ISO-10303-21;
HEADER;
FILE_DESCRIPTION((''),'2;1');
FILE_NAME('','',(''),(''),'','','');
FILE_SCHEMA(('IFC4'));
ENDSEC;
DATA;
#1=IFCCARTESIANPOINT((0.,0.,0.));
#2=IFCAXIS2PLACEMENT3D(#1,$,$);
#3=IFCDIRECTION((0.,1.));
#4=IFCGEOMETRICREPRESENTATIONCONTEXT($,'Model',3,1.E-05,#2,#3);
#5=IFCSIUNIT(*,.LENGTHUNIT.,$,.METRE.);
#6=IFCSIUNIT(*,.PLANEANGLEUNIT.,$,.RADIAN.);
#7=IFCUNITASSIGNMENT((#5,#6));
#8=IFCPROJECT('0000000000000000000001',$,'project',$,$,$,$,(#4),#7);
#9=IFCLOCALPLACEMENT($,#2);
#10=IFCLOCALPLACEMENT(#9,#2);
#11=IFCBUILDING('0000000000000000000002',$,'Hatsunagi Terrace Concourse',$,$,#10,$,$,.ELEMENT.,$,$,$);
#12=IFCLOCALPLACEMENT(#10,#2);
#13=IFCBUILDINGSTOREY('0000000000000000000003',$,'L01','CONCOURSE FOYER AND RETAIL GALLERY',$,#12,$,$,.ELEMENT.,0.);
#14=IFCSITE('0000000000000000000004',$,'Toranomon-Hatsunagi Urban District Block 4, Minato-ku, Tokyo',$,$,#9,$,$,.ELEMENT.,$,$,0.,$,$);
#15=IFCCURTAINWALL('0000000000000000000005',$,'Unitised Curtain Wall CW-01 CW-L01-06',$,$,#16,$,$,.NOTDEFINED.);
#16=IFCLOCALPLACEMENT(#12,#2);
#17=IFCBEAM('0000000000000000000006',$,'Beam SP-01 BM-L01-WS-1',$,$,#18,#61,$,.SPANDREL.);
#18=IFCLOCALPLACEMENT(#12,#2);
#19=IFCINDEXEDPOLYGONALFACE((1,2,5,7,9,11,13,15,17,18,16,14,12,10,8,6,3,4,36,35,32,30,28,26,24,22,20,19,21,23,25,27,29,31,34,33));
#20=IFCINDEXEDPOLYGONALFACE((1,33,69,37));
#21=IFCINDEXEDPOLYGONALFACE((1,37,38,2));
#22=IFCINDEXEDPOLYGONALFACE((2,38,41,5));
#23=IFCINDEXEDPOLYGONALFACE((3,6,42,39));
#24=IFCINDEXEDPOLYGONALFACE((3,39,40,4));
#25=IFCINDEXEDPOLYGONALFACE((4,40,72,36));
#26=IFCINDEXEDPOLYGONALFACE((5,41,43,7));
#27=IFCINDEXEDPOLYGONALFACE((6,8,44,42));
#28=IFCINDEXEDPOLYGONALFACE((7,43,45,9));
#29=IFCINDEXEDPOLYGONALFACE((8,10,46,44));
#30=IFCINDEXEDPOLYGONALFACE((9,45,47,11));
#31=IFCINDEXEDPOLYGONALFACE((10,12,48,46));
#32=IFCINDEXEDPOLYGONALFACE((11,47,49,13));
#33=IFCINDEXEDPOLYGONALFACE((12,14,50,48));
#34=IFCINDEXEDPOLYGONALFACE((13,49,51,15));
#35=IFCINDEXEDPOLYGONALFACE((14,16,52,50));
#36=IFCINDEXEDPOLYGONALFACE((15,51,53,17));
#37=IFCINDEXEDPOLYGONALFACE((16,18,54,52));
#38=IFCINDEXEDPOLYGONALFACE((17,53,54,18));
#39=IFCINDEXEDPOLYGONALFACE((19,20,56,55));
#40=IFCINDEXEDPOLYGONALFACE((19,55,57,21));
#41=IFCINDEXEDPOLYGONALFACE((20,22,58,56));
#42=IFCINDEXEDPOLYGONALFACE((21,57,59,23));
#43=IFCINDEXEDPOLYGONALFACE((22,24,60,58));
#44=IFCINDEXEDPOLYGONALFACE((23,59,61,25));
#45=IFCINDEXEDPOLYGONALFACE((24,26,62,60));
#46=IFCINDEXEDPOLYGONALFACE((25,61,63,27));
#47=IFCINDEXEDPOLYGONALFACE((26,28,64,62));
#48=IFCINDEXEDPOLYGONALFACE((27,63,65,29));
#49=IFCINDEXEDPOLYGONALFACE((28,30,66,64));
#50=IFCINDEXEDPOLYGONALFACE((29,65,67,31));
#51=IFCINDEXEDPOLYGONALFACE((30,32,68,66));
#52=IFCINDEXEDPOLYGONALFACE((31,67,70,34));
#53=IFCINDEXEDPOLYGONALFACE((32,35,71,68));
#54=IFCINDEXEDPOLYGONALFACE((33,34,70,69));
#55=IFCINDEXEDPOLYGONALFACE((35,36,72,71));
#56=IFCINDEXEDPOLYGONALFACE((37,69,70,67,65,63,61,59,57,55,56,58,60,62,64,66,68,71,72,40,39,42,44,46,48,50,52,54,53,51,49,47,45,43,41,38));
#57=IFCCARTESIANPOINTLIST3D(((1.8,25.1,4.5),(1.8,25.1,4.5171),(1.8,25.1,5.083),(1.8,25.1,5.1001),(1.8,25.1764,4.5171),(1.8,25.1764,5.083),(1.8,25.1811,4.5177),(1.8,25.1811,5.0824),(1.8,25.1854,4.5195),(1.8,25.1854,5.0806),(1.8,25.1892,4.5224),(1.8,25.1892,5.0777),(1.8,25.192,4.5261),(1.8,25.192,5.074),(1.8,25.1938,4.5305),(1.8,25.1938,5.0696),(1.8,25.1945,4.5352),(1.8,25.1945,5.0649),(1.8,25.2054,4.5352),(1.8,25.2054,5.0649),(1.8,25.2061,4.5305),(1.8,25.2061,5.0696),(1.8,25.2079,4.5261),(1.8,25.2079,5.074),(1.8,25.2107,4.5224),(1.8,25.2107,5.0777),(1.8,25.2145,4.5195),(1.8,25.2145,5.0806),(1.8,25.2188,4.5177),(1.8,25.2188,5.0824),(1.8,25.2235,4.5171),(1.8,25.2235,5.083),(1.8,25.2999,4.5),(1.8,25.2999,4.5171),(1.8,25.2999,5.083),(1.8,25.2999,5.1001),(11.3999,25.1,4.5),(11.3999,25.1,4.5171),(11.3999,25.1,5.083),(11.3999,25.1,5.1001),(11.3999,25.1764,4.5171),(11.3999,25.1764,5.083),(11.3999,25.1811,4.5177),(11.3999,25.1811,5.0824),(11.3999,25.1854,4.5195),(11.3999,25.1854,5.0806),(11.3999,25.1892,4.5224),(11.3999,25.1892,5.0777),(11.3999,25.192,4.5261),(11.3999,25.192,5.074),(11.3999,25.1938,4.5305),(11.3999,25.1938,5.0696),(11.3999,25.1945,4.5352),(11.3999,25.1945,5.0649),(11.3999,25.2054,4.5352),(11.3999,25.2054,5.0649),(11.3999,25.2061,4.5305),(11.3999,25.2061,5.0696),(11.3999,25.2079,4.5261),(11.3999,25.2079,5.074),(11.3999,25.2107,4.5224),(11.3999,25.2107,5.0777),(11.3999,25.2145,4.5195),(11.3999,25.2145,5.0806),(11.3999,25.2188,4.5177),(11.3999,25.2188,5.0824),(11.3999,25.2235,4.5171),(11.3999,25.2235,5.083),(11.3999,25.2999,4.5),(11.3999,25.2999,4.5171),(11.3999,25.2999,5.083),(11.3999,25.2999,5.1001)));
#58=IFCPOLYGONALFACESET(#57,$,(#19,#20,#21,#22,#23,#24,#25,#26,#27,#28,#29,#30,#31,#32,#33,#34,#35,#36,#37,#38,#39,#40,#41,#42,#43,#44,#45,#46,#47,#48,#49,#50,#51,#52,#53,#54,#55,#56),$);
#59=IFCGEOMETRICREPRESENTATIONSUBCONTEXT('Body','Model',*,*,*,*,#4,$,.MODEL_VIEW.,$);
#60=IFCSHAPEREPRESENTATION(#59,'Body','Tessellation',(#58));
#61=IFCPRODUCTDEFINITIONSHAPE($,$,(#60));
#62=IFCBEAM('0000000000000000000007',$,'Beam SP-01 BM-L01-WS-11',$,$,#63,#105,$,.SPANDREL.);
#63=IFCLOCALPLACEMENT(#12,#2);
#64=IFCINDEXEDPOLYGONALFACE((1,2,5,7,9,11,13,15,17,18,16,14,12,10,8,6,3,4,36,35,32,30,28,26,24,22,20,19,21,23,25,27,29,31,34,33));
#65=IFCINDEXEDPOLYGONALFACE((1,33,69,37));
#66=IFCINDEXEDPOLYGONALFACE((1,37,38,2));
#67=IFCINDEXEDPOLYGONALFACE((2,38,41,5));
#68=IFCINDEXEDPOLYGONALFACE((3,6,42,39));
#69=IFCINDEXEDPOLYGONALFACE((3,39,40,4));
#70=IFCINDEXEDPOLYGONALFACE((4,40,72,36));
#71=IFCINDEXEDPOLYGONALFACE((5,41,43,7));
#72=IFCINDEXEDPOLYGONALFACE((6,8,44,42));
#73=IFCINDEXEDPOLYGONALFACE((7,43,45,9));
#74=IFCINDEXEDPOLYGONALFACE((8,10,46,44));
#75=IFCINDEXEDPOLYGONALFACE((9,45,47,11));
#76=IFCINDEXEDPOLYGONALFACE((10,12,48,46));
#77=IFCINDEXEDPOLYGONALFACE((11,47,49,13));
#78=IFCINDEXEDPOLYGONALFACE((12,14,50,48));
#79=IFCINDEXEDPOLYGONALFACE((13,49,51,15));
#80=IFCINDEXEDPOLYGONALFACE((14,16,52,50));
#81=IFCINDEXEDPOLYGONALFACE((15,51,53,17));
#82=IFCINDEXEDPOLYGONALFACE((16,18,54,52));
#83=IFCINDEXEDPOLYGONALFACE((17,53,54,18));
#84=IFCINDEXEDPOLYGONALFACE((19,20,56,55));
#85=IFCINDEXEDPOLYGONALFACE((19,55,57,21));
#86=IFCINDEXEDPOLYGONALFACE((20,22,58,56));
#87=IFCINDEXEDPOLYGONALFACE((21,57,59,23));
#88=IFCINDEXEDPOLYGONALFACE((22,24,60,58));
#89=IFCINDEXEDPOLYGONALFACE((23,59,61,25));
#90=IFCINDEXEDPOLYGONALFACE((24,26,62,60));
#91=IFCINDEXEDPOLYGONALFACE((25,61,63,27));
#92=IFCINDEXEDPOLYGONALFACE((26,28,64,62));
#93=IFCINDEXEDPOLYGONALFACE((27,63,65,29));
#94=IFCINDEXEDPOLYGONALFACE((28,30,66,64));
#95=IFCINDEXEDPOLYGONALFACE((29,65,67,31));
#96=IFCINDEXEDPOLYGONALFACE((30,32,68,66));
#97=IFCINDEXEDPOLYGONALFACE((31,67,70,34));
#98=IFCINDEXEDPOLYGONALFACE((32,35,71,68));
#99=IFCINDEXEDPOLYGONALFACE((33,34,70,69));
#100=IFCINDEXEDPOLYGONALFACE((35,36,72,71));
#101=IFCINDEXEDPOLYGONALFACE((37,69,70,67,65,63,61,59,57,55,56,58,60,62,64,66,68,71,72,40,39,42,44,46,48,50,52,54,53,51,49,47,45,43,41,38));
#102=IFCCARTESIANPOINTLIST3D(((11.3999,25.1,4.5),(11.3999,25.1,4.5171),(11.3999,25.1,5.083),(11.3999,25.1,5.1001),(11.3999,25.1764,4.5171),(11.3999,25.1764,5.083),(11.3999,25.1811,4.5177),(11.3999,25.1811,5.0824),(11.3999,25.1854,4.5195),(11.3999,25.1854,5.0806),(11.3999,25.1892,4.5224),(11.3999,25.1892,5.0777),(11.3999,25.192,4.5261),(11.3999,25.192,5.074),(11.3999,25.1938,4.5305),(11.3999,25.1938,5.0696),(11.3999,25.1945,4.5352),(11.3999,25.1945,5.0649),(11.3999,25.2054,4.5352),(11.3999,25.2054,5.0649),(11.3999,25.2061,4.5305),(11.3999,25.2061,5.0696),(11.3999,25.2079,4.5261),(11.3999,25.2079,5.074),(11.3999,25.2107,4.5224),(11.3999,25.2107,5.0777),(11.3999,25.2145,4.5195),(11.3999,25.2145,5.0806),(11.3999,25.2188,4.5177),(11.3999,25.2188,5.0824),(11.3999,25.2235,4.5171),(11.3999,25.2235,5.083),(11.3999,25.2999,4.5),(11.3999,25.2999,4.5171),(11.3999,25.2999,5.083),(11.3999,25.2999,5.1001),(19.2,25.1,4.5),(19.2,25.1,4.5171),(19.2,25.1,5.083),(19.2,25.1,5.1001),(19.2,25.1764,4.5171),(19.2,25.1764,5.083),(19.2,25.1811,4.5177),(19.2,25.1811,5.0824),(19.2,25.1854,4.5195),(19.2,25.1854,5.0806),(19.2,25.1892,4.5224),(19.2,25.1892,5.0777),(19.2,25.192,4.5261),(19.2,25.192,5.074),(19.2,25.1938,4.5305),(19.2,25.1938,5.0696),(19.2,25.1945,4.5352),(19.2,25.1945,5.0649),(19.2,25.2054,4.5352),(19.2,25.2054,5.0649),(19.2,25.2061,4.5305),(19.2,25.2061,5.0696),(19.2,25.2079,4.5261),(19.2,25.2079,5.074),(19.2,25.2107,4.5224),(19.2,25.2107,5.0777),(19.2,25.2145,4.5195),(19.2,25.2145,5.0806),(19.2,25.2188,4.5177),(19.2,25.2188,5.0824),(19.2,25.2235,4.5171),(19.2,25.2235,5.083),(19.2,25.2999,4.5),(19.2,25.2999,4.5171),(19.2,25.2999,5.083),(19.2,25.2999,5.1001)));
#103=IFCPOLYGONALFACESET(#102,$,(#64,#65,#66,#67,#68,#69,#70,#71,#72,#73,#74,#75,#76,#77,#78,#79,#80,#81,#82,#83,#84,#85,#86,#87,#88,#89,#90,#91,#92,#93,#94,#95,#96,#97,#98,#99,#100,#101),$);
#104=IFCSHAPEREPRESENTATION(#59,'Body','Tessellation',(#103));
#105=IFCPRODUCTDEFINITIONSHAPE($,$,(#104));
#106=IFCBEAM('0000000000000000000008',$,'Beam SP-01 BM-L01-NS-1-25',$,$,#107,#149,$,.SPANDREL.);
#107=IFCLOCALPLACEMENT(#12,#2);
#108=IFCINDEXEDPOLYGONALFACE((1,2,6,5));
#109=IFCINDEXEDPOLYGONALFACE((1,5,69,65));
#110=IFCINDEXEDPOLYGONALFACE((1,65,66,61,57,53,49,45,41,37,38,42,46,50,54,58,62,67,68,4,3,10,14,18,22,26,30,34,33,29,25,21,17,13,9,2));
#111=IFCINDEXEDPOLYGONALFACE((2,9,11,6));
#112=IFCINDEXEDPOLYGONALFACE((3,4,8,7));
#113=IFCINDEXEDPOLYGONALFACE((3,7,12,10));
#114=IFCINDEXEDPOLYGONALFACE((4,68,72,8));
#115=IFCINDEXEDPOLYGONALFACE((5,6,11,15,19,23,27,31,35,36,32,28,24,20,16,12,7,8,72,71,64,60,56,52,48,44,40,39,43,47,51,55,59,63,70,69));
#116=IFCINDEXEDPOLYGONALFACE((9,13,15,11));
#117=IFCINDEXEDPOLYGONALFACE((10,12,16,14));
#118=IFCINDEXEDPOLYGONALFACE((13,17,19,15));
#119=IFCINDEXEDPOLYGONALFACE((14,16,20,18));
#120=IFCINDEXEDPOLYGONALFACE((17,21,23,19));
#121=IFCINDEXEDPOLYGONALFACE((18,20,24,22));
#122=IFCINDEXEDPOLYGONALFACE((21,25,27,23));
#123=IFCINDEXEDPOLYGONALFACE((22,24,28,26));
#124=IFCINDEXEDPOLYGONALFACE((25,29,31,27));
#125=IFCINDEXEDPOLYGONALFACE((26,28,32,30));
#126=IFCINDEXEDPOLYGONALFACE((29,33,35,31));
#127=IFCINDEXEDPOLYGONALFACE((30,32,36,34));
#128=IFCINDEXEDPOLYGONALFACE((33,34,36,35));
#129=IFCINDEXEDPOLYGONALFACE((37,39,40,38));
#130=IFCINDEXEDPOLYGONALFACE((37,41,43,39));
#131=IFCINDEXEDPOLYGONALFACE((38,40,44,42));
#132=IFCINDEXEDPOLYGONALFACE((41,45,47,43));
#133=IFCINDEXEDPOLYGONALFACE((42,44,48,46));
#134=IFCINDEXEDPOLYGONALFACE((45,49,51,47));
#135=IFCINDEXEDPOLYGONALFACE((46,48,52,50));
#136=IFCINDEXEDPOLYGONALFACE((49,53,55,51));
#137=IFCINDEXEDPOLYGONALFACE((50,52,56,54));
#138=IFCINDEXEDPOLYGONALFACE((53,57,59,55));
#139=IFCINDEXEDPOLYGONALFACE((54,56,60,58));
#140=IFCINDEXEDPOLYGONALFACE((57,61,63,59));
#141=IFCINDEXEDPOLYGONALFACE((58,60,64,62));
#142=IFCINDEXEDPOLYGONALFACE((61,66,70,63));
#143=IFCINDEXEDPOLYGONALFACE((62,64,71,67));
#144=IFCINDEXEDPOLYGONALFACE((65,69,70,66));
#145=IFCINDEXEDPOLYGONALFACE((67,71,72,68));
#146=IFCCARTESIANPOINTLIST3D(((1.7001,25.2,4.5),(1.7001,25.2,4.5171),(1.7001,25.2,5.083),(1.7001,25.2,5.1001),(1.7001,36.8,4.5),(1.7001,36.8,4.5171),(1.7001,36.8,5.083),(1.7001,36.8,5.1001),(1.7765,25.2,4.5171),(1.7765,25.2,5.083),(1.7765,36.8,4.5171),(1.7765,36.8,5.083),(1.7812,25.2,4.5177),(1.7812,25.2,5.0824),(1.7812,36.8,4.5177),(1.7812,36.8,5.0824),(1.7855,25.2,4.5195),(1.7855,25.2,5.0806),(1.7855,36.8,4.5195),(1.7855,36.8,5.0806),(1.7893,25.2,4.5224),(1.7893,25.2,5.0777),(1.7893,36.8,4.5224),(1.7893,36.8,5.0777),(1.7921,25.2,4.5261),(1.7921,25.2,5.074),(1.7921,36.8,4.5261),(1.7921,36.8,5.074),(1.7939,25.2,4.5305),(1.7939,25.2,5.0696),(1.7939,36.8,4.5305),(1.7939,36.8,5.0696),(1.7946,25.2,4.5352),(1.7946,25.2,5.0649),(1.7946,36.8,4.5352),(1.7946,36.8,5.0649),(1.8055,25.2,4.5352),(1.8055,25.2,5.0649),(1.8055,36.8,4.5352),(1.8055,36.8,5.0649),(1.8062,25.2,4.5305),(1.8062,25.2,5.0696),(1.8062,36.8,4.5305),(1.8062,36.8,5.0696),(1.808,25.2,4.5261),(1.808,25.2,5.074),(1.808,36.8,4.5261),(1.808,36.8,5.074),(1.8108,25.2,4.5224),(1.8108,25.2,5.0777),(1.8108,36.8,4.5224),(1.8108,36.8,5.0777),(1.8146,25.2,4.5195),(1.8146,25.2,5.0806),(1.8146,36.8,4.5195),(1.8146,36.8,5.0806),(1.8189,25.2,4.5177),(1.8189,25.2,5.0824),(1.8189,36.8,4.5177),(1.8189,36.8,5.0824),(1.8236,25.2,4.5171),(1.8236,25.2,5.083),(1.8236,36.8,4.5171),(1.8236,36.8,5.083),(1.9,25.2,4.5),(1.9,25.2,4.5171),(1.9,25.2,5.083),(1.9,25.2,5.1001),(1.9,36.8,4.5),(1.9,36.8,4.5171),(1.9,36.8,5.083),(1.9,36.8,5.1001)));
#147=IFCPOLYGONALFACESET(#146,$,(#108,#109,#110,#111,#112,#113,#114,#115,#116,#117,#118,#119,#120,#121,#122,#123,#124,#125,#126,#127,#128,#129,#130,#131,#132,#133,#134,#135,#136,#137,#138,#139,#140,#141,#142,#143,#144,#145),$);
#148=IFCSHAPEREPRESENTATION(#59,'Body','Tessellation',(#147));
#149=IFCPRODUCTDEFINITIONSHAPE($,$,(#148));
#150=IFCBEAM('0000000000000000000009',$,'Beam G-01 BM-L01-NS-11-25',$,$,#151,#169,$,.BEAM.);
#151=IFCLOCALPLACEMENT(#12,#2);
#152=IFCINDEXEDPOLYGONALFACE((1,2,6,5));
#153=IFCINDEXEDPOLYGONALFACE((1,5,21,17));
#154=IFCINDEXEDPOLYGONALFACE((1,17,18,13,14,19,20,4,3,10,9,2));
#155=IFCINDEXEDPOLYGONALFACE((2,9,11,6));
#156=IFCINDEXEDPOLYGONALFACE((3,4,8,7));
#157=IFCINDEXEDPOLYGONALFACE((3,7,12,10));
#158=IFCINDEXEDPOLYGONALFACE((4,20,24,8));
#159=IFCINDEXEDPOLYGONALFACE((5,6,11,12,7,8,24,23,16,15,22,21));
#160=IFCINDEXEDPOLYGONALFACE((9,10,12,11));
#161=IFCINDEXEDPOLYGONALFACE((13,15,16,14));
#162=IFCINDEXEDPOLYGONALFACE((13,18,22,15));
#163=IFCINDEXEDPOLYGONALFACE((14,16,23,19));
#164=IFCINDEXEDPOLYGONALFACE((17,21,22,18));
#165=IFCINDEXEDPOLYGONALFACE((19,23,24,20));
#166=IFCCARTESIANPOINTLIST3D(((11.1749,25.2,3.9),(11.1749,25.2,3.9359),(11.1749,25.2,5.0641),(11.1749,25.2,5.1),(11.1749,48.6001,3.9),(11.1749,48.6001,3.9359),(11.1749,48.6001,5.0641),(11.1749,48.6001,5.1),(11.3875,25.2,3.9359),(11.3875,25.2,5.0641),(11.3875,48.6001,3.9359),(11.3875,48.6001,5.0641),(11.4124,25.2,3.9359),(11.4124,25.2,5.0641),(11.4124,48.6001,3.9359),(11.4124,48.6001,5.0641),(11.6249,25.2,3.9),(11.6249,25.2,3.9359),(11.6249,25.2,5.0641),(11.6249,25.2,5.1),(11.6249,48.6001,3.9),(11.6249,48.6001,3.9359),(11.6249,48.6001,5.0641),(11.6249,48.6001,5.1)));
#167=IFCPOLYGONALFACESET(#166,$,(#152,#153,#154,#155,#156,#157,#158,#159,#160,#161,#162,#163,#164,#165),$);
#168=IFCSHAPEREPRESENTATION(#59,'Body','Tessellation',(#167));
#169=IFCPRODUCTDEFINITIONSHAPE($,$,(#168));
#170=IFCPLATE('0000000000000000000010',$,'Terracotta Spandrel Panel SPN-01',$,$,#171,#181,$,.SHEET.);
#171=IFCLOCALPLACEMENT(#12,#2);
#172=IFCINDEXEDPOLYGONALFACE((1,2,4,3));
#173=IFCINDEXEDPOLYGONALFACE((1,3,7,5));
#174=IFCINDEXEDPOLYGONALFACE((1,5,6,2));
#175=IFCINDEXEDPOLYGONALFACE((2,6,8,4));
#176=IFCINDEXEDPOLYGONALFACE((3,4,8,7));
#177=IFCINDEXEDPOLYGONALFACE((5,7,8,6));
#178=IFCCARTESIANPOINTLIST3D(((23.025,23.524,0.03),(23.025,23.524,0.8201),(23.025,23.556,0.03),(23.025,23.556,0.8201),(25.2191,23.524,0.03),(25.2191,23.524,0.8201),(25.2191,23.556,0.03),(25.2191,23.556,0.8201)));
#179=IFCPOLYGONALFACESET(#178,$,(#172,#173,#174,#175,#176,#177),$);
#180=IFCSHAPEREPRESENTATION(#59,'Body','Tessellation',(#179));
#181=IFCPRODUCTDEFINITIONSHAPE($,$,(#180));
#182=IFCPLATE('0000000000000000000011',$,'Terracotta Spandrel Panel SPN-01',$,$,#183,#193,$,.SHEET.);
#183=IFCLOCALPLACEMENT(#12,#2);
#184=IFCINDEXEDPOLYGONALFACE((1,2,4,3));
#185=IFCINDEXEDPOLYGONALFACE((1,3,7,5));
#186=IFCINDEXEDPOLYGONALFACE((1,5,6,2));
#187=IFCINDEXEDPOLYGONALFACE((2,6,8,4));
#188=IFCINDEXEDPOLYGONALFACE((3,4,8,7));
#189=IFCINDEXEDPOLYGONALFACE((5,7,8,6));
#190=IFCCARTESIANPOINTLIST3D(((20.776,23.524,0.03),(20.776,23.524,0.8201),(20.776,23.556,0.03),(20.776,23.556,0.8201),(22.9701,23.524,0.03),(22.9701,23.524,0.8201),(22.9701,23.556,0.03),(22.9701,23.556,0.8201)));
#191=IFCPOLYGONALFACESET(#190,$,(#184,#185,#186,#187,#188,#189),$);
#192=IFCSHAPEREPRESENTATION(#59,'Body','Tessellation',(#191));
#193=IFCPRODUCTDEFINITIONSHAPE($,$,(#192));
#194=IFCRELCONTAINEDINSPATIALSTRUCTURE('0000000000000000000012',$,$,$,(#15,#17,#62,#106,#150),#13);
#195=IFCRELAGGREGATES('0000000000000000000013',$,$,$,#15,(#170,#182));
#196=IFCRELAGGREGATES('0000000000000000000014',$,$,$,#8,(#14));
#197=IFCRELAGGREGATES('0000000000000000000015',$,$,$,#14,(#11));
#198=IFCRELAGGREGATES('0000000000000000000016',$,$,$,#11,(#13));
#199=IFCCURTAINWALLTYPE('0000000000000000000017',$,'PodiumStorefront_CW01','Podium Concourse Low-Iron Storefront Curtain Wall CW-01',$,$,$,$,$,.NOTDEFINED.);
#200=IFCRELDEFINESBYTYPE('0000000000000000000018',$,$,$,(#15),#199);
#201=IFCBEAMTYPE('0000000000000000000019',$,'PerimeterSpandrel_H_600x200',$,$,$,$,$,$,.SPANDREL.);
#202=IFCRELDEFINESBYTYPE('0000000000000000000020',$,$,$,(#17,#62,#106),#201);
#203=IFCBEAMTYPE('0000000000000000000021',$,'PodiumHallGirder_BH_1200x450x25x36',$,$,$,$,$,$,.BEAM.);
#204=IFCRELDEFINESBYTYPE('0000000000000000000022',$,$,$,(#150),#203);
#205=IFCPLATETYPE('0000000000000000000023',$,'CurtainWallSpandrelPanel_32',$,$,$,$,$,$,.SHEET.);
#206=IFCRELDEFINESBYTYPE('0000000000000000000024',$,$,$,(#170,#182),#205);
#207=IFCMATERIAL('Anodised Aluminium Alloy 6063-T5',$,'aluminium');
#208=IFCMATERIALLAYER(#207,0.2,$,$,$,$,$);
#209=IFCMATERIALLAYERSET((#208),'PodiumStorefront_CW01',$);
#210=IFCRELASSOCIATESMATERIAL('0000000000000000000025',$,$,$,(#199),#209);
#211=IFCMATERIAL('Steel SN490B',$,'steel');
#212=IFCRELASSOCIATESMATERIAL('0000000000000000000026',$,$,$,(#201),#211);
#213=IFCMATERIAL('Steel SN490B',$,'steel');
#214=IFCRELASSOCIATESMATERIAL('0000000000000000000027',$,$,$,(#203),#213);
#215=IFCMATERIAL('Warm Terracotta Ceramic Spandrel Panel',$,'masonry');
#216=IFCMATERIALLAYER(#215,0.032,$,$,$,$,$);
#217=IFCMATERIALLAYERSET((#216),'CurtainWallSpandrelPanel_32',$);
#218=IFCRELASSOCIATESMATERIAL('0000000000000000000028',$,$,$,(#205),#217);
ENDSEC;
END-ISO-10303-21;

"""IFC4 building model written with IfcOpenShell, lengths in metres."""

from ifc_helpers import new_model, si_unit, direction, frame, origin, origin_2d, place, context, subcontext, project, spatial, rectangle, i_section, extrude, material, layer, layer_set, material_profile, profile_set, type_object, element, aggregate, save


model = new_model("IFC4")

# Units and contexts
model_context = context("Model", 3, precision=1e-05, world=origin(), true_north=direction((0.0, 1.0)))
body_context = subcontext(model_context, "Body", "Model", "MODEL_VIEW")
ifc_project = project(units=[si_unit("LENGTHUNIT", "METRE"), si_unit("PLANEANGLEUNIT", "RADIAN")], contexts=[model_context])

# Site, building, storey
site_placement = place(None, origin())
site = spatial("IfcSite", under=ifc_project, at=site_placement, Name="Toranomon-Hatsunagi Urban District Block 4, Minato-ku, Tokyo", CompositionType="ELEMENT", RefElevation=0.0)
building_placement = place(site_placement, origin())
building = spatial("IfcBuilding", under=site, at=building_placement, Name="Hatsunagi Terrace Concourse", CompositionType="ELEMENT")
storey_placement = place(building_placement, origin())
storey = spatial("IfcBuildingStorey", under=building, at=storey_placement, Name="L01", Description="CONCOURSE FOYER AND RETAIL GALLERY", CompositionType="ELEMENT", Elevation=0.0)

# Curtain wall
ifc_material_1 = material(Name="Anodised Aluminium Alloy 6063-T5", Category="aluminium")
ifc_layer_1 = layer(ifc_material_1, 0.2)
ifc_layer_set_1 = layer_set([ifc_layer_1], Name="PodiumStorefront_CW01")
curtain_wall_type = type_object("IfcCurtainWallType", Name="PodiumStorefront_CW01", Description="Podium Concourse Low-Iron Storefront Curtain Wall CW-01", PredefinedType="NOTDEFINED", material=ifc_layer_set_1)
curtain_wall_placement = place(storey_placement, origin())
curtain_wall = element("IfcCurtainWall", 1, at=curtain_wall_placement, inside=storey, type_object=curtain_wall_type, Name="Unitised Curtain Wall CW-01 CW-L01-06", PredefinedType="NOTDEFINED")

# Beams
ifc_material_2 = material(Name="Steel SN490B", Category="steel")
ifc_material_profile_1 = material_profile(ifc_material_2, i_section(OverallWidth=0.2, OverallDepth=0.6001, WebThickness=0.011, FlangeThickness=0.0171, FilletRadius=0.0181, at=origin_2d()), Name="H-600x200x11x17")
ifc_profile_set_1 = profile_set([ifc_material_profile_1], Name="Steel SN490B")
beam_type_1 = type_object("IfcBeamType", Name="PerimeterSpandrel_H_600x200", PredefinedType="SPANDREL", material=ifc_profile_set_1)
beam_1_placement = place(storey_placement, frame((1.8, 25.2, 4.8), z_axis=(1.0, 0.0, 0.0), x_axis=(0.0, 1.0, 0.0)))
element("IfcBeam", 2, at=beam_1_placement, inside=storey, type_object=beam_type_1, Name="Beam SP-01 BM-L01-WS-1", PredefinedType="SPANDREL", context=body_context, shape_type="SweptSolid", body=[
    extrude(i_section(OverallWidth=0.2, OverallDepth=0.6001, WebThickness=0.011, FlangeThickness=0.0171, FilletRadius=0.0181, at=origin_2d()), origin(), (0.0, 0.0, 1.0), 9.5999),
])
beam_2_placement = place(storey_placement, frame((11.3999, 25.2, 4.8), z_axis=(1.0, 0.0, 0.0), x_axis=(0.0, 1.0, 0.0)))
element("IfcBeam", 3, at=beam_2_placement, inside=storey, type_object=beam_type_1, Name="Beam SP-01 BM-L01-WS-11", PredefinedType="SPANDREL", context=body_context, shape_type="SweptSolid", body=[
    extrude(i_section(OverallWidth=0.2, OverallDepth=0.6001, WebThickness=0.011, FlangeThickness=0.0171, FilletRadius=0.0181, at=origin_2d()), origin(), (0.0, 0.0, 1.0), 7.8),
])
beam_3_placement = place(storey_placement, frame((1.8, 25.2, 4.8), z_axis=(0.0, 1.0, 0.0), x_axis=(-1.0, 0.0, 0.0)))
element("IfcBeam", 4, at=beam_3_placement, inside=storey, type_object=beam_type_1, Name="Beam SP-01 BM-L01-NS-1-25", PredefinedType="SPANDREL", context=body_context, shape_type="SweptSolid", body=[
    extrude(i_section(OverallWidth=0.2, OverallDepth=0.6001, WebThickness=0.011, FlangeThickness=0.0171, FilletRadius=0.0181, at=origin_2d()), origin(), (0.0, 0.0, 1.0), 11.6001),
])
ifc_material_3 = material(Name="Steel SN490B", Category="steel")
ifc_material_profile_2 = material_profile(ifc_material_3, i_section(OverallWidth=0.45, OverallDepth=1.2, WebThickness=0.0249, FlangeThickness=0.0359, at=origin_2d()), Name="BH-1200x450x25x36")
ifc_profile_set_2 = profile_set([ifc_material_profile_2], Name="Steel SN490B")
beam_type_2 = type_object("IfcBeamType", Name="PodiumHallGirder_BH_1200x450x25x36", PredefinedType="BEAM", material=ifc_profile_set_2)
beam_4_placement = place(storey_placement, frame((11.3999, 25.2, 4.5), z_axis=(0.0, 1.0, 0.0), x_axis=(-1.0, 0.0, 0.0)))
element("IfcBeam", 5, at=beam_4_placement, inside=storey, type_object=beam_type_2, Name="Beam G-01 BM-L01-NS-11-25", PredefinedType="BEAM", context=body_context, shape_type="SweptSolid", body=[
    extrude(i_section(OverallWidth=0.45, OverallDepth=1.2, WebThickness=0.0249, FlangeThickness=0.0359, at=origin_2d()), origin(), (0.0, 0.0, 1.0), 23.4001),
])

# Plates
ifc_material_4 = material(Name="Warm Terracotta Ceramic Spandrel Panel", Category="masonry")
ifc_layer_2 = layer(ifc_material_4, 0.032)
ifc_layer_set_2 = layer_set([ifc_layer_2], Name="CurtainWallSpandrelPanel_32")
plate_type_1 = type_object("IfcPlateType", Name="CurtainWallSpandrelPanel_32", PredefinedType="SHEET", material=ifc_layer_set_2)
plate_1_placement = place(storey_placement, frame((24.1221, 23.54, 0.03), z_axis=(0.0, 0.0, 1.0), x_axis=(-1.0, 0.0, 0.0)))
plate_1 = element("IfcPlate", 6, at=plate_1_placement, type_object=plate_type_1, Name="Terracotta Spandrel Panel SPN-01", PredefinedType="SHEET", context=body_context, shape_type="SweptSolid", body=[
    extrude(rectangle(XDim=2.1941, YDim=0.032, at=origin_2d()), origin(), (0.0, 0.0, 1.0), 0.79),
])
plate_2_placement = place(storey_placement, frame((21.873, 23.54, 0.03), z_axis=(0.0, 0.0, 1.0), x_axis=(-1.0, 0.0, 0.0)))
plate_2 = element("IfcPlate", 7, at=plate_2_placement, type_object=plate_type_1, Name="Terracotta Spandrel Panel SPN-01", PredefinedType="SHEET", context=body_context, shape_type="SweptSolid", body=[
    extrude(rectangle(XDim=2.1941, YDim=0.032, at=origin_2d()), origin(), (0.0, 0.0, 1.0), 0.79),
])
aggregate(curtain_wall, [plate_1, plate_2])

save(model, "model.ifc")
